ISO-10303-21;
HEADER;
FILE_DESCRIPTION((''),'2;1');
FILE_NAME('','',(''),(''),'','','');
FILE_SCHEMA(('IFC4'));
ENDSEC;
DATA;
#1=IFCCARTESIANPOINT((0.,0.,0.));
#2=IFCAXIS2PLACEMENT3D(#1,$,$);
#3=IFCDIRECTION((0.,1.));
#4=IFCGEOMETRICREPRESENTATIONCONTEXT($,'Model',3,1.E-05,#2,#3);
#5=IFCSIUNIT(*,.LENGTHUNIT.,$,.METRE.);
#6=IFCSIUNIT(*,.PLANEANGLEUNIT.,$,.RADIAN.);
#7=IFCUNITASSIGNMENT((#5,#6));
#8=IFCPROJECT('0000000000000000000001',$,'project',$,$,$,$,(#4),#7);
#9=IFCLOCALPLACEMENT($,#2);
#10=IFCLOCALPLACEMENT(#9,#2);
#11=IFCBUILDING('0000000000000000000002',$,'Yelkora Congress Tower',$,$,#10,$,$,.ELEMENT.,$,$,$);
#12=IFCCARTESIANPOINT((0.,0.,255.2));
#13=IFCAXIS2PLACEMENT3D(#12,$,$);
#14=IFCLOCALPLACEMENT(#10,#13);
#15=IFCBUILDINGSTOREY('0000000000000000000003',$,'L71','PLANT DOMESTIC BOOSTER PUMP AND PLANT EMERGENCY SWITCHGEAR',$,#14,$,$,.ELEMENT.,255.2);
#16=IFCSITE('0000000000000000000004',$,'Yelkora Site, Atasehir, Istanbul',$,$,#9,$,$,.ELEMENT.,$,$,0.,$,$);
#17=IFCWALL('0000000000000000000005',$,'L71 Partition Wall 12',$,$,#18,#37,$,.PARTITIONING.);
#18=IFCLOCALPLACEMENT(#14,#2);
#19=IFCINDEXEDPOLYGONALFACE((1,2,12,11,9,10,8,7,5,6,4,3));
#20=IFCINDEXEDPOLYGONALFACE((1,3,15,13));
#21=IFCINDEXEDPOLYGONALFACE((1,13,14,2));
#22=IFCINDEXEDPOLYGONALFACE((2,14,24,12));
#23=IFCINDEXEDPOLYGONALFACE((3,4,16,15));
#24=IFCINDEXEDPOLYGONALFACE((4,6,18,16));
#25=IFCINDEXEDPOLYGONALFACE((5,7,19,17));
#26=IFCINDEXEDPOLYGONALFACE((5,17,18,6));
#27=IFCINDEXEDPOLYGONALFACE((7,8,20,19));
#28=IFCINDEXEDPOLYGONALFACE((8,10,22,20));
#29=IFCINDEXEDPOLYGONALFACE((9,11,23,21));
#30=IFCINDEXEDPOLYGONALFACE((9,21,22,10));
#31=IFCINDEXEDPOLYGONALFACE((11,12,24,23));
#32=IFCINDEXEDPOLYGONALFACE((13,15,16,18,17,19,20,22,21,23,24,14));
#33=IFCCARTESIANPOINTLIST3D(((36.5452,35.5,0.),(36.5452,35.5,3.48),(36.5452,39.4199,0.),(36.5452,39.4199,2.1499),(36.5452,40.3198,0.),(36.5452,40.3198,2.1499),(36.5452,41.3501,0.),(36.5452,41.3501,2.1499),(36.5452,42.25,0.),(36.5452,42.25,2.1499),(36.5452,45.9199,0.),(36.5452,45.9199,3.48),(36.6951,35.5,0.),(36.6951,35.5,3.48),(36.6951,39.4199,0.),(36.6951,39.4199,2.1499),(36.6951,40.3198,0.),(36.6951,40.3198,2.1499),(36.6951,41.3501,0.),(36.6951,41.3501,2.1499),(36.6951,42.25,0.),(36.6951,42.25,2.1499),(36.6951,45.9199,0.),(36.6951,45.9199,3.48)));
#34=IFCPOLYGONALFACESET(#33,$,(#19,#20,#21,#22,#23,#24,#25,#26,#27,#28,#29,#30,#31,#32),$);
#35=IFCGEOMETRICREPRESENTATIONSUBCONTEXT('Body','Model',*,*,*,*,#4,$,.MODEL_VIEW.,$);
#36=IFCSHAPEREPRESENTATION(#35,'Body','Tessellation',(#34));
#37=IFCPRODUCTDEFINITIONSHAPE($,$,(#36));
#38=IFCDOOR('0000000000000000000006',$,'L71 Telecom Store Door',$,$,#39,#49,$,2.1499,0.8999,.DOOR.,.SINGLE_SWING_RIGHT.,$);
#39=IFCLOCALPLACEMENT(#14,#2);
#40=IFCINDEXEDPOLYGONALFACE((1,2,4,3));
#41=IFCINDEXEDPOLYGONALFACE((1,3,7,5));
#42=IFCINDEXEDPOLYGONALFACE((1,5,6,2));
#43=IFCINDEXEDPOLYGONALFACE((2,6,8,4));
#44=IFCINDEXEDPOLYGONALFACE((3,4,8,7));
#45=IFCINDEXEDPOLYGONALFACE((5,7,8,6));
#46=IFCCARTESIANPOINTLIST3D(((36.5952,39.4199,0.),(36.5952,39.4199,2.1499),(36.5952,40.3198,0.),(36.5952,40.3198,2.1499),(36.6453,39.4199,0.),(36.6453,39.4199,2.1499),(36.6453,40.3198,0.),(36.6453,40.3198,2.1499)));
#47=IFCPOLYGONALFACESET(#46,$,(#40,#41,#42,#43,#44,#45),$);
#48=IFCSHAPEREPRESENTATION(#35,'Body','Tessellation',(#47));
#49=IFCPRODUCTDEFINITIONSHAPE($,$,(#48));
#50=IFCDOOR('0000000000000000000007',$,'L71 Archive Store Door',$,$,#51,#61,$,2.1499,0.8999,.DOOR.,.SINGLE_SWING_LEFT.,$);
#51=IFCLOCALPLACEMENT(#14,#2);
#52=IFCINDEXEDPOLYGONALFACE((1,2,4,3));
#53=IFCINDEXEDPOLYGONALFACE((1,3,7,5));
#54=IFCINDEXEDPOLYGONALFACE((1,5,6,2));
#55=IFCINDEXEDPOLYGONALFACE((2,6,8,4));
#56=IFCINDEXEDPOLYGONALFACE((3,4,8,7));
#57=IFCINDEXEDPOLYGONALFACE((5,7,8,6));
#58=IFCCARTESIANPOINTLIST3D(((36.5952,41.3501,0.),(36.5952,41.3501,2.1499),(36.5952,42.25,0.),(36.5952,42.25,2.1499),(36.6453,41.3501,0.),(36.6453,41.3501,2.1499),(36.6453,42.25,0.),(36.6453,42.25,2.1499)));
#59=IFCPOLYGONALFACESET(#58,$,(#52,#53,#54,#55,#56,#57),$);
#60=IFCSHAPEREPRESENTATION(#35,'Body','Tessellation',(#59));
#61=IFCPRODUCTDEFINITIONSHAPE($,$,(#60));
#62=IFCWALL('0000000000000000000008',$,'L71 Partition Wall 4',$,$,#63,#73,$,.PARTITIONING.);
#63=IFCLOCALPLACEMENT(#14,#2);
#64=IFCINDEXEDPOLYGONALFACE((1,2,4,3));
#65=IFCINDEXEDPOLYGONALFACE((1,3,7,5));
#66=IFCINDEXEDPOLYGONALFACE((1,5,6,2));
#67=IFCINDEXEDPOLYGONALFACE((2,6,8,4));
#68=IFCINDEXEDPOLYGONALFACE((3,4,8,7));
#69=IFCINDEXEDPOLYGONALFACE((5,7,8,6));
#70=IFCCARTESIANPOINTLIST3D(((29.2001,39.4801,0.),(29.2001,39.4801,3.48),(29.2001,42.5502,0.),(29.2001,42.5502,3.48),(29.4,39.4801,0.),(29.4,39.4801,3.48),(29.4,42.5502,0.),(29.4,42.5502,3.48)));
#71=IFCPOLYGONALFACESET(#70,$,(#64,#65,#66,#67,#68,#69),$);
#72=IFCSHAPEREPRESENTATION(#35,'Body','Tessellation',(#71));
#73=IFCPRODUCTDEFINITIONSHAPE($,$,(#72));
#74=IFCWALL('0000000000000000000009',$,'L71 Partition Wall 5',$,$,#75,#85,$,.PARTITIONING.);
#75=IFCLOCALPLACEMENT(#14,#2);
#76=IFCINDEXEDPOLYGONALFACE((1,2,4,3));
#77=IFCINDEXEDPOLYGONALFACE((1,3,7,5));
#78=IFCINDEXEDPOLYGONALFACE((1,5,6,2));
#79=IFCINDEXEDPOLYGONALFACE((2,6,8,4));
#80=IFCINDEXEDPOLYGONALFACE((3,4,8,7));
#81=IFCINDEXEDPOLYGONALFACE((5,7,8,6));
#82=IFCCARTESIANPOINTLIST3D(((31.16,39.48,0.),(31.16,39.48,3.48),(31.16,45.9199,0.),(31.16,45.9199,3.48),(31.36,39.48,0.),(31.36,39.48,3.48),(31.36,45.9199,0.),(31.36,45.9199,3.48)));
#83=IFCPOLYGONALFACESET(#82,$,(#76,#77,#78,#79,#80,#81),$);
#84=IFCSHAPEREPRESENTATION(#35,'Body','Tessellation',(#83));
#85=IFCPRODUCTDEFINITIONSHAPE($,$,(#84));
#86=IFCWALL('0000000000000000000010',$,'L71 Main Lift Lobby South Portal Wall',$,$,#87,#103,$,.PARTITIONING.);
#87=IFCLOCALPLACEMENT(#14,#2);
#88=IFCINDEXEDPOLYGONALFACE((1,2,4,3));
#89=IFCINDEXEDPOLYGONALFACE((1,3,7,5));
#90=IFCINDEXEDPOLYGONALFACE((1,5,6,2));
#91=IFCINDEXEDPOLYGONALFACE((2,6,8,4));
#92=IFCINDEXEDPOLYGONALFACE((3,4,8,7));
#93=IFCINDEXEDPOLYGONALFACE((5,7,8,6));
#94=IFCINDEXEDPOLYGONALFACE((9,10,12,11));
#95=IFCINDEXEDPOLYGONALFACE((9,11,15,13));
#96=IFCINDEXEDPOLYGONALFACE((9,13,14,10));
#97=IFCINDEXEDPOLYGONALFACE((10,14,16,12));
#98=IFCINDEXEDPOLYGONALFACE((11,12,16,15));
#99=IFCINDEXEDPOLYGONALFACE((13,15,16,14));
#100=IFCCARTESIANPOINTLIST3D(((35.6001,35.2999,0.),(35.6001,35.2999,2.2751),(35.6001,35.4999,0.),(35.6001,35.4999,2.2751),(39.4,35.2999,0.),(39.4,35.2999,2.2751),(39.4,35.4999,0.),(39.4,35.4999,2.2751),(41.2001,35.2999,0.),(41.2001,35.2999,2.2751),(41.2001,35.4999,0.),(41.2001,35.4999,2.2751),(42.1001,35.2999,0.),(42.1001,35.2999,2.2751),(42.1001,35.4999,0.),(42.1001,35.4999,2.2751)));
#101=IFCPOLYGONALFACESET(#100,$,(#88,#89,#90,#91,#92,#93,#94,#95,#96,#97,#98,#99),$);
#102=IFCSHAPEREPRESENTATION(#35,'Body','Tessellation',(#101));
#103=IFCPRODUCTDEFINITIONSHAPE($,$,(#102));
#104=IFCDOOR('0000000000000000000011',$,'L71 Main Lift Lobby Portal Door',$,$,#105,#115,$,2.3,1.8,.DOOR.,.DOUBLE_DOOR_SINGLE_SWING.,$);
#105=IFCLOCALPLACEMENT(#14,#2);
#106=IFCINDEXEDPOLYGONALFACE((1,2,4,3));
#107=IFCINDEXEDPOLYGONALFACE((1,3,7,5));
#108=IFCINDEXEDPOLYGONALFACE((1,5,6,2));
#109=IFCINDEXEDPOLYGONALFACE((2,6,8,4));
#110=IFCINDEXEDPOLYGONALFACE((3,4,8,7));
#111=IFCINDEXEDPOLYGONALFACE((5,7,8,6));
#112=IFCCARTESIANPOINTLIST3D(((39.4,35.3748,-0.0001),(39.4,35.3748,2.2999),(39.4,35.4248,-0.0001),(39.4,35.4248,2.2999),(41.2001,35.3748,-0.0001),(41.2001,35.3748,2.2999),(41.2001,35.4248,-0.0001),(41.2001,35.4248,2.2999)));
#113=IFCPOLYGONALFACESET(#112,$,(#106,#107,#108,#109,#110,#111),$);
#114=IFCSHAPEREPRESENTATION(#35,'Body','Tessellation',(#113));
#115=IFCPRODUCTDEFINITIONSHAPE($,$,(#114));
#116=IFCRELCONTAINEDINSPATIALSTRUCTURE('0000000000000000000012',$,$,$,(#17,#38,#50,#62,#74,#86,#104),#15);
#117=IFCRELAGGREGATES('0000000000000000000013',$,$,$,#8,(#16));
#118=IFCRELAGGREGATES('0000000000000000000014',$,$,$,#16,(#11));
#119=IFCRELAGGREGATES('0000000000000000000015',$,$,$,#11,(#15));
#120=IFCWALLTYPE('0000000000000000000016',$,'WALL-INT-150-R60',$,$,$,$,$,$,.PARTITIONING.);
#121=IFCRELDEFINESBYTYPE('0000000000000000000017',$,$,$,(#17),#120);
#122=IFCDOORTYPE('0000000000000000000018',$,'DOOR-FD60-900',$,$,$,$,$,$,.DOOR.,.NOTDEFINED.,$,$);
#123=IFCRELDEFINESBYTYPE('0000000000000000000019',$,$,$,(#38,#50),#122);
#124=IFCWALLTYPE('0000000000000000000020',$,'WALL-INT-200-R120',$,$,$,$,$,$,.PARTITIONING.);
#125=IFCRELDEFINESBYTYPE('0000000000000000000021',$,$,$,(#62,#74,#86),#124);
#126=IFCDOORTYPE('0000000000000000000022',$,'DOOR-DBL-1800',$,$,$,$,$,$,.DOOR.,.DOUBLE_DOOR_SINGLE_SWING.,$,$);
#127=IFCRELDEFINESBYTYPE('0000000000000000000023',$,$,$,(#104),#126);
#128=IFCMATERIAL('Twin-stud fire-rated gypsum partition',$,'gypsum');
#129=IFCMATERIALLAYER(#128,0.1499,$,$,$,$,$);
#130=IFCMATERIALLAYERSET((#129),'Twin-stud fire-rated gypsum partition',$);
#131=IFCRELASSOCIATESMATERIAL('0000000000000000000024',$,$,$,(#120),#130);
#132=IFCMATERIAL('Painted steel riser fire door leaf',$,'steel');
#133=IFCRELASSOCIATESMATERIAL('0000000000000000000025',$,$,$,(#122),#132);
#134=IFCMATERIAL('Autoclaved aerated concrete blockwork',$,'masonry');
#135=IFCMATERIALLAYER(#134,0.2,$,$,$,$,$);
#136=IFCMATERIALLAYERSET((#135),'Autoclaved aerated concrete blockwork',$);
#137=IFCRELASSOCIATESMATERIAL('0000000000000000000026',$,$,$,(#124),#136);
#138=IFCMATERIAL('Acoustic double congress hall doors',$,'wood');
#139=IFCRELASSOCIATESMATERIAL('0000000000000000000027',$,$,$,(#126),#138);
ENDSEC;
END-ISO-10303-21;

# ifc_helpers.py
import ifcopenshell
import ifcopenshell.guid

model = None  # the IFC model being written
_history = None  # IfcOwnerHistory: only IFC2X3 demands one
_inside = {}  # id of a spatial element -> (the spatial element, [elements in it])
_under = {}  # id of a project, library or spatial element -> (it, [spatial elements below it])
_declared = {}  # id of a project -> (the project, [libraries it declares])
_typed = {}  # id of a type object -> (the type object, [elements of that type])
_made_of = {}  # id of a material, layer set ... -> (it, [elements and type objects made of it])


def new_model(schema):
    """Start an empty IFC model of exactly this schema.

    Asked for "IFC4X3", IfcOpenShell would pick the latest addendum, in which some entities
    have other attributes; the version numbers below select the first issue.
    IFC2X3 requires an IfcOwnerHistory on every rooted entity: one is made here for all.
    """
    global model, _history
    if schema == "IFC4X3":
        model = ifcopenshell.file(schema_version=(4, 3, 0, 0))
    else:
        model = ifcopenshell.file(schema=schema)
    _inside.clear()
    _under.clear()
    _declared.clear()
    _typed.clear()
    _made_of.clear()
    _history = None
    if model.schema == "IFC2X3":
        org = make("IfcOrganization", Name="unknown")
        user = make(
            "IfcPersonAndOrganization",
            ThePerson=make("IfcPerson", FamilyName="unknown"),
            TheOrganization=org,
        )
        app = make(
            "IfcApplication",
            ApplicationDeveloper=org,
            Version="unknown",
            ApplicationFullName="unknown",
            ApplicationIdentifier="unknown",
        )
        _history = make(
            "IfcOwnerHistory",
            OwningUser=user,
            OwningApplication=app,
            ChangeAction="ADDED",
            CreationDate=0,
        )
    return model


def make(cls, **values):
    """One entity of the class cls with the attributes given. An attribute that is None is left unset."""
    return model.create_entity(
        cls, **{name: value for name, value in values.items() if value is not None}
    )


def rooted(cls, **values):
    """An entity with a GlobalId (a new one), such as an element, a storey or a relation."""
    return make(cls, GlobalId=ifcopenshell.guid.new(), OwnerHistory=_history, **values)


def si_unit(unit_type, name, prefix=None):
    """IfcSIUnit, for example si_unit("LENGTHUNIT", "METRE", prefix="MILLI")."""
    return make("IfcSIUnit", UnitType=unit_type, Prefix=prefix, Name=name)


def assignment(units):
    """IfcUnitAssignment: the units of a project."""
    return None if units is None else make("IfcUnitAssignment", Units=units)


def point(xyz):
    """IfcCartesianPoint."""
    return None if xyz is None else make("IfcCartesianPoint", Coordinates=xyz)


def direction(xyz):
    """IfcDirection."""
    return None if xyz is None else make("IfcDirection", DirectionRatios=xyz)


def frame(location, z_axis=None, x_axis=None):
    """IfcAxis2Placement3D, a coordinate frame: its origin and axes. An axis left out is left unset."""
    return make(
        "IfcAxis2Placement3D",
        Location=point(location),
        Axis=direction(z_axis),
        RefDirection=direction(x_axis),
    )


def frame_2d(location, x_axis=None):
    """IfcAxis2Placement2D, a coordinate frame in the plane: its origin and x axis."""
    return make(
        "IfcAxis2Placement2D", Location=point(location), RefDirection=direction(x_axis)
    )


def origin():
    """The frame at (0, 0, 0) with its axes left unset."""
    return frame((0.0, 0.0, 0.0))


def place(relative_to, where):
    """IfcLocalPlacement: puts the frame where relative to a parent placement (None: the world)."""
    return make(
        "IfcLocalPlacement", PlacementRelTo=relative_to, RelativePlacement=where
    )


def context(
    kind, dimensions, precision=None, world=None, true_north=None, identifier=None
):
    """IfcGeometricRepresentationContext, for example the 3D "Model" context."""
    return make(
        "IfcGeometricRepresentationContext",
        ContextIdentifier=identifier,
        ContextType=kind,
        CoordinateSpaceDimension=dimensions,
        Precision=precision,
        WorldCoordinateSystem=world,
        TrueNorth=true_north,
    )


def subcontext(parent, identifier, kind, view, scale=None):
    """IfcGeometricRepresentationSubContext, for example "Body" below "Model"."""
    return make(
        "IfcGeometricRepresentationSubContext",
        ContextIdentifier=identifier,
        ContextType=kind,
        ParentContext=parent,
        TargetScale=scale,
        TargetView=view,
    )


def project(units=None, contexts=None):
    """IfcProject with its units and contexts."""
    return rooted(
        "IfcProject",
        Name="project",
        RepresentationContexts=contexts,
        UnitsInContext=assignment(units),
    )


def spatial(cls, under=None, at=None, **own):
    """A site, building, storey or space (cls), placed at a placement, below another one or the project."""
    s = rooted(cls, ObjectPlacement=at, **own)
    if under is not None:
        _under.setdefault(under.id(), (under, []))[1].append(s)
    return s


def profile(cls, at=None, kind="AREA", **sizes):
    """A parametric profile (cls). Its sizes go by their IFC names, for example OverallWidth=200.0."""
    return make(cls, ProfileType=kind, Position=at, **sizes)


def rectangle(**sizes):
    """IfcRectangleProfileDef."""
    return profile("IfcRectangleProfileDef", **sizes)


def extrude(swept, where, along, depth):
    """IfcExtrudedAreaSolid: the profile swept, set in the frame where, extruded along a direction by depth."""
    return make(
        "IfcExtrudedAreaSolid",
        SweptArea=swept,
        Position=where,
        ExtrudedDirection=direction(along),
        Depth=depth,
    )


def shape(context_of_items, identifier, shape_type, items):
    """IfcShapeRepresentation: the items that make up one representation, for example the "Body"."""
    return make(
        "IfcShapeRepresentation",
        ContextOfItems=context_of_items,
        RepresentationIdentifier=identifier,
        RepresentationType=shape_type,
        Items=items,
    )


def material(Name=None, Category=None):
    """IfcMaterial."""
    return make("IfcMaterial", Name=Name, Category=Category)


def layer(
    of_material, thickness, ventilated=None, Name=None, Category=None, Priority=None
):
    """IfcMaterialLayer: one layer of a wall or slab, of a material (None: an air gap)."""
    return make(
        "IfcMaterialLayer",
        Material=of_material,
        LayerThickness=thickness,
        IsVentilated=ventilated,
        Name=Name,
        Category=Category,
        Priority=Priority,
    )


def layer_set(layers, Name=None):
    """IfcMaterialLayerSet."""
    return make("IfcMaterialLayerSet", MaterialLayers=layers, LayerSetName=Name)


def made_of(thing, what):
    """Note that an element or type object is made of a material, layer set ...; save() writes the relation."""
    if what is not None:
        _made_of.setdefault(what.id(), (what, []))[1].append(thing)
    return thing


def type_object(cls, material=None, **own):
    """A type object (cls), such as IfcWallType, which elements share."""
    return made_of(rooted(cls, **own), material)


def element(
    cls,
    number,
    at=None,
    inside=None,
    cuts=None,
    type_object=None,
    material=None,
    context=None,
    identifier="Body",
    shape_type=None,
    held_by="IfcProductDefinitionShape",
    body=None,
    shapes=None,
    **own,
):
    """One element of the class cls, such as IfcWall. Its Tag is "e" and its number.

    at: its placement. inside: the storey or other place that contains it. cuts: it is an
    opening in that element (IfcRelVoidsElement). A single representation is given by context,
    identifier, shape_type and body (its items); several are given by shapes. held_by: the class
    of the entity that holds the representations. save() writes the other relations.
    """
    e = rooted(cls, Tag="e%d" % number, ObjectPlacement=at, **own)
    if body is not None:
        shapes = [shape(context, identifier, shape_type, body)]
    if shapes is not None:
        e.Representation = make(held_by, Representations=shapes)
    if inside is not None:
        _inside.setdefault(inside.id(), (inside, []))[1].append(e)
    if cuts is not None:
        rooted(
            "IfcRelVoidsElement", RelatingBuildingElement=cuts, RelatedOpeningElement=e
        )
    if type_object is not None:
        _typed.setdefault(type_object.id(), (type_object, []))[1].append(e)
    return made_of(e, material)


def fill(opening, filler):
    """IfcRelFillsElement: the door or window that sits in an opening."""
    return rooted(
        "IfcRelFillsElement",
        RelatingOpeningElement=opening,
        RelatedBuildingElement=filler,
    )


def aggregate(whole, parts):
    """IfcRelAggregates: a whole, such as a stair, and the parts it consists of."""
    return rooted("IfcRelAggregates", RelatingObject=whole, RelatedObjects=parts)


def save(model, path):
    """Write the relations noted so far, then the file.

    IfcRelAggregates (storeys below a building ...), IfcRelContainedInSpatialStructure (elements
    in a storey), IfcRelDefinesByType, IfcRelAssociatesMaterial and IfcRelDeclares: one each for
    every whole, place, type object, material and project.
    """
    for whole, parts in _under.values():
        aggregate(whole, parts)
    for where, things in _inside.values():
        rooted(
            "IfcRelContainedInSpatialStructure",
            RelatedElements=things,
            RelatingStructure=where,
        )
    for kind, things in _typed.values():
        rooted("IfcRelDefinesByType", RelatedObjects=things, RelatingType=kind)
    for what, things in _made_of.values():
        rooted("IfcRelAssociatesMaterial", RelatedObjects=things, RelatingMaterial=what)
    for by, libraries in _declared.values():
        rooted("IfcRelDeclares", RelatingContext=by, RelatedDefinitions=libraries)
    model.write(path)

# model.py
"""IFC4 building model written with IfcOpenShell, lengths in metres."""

from ifc_helpers import new_model, si_unit, direction, frame, frame_2d, origin, place, context, subcontext, project, spatial, rectangle, extrude, material, layer, layer_set, type_object, element, fill, save


model = new_model("IFC4")

# Units and contexts
model_context = context("Model", 3, precision=1e-05, world=origin(), true_north=direction((0.0, 1.0)))
body_context = subcontext(model_context, "Body", "Model", "MODEL_VIEW")
ifc_project = project(units=[si_unit("LENGTHUNIT", "METRE"), si_unit("PLANEANGLEUNIT", "RADIAN")], contexts=[model_context])

# Site, building, storey
site_placement = place(None, origin())
site = spatial("IfcSite", under=ifc_project, at=site_placement, Name="Yelkora Site, Atasehir, Istanbul", CompositionType="ELEMENT", RefElevation=0.0)
building_placement = place(site_placement, origin())
building = spatial("IfcBuilding", under=site, at=building_placement, Name="Yelkora Congress Tower", CompositionType="ELEMENT")
storey_placement = place(building_placement, frame((0.0, 0.0, 255.2)))
storey = spatial("IfcBuildingStorey", under=building, at=storey_placement, Name="L71", Description="PLANT DOMESTIC BOOSTER PUMP AND PLANT EMERGENCY SWITCHGEAR", CompositionType="ELEMENT", Elevation=255.2)

# Shared definitions
ifc_material_1 = material(Name="Twin-stud fire-rated gypsum partition", Category="gypsum")
ifc_layer_1 = layer(ifc_material_1, 0.1499)
ifc_layer_set_1 = layer_set([ifc_layer_1], Name="Twin-stud fire-rated gypsum partition")
wall_type_1 = type_object("IfcWallType", Name="WALL-INT-150-R60", PredefinedType="PARTITIONING", material=ifc_layer_set_1)

# Wall, openings, doors
wall_1_placement = place(storey_placement, frame((36.6201, 35.5, 0.0), z_axis=(0.0, 0.0, 1.0), x_axis=(0.0, 1.0, 0.0)))
wall_1 = element("IfcWall", 1, at=wall_1_placement, inside=storey, type_object=wall_type_1, Name="L71 Partition Wall 12", PredefinedType="PARTITIONING", context=body_context, shape_type="SweptSolid", body=[
    extrude(rectangle(XDim=10.4199, YDim=0.1499, at=frame_2d((5.21, 0.0))), origin(), (0.0, 0.0, 1.0), 3.48),
])
opening_1_placement = place(wall_1_placement, frame((3.9199, 0.0, 0.0)))
opening_1 = element("IfcOpeningElement", 2, at=opening_1_placement, cuts=wall_1, PredefinedType="OPENING", context=body_context, shape_type="SweptSolid", body=[
    extrude(rectangle(XDim=0.8999, YDim=2.1499, at=frame_2d((0.45, 1.075))), frame((0.0, 0.085, 0.0), z_axis=(0.0, -1.0, 0.0), x_axis=(1.0, 0.0, 0.0)), (0.0, 0.0, 1.0), 0.1699),
])
opening_2_placement = place(wall_1_placement, frame((5.8501, 0.0, 0.0)))
opening_2 = element("IfcOpeningElement", 3, at=opening_2_placement, cuts=wall_1, PredefinedType="OPENING", context=body_context, shape_type="SweptSolid", body=[
    extrude(rectangle(XDim=0.8999, YDim=2.1499, at=frame_2d((0.45, 1.075))), frame((0.0, 0.085, 0.0), z_axis=(0.0, -1.0, 0.0), x_axis=(1.0, 0.0, 0.0)), (0.0, 0.0, 1.0), 0.1699),
])
ifc_material_2 = material(Name="Painted steel riser fire door leaf", Category="steel")
door_type_1 = type_object("IfcDoorType", Name="DOOR-FD60-900", OperationType="NOTDEFINED", PredefinedType="DOOR", material=ifc_material_2)
door_1_placement = place(opening_1_placement, origin())
door_1 = element("IfcDoor", 4, at=door_1_placement, inside=storey, type_object=door_type_1, Name="L71 Telecom Store Door", OperationType="SINGLE_SWING_RIGHT", OverallHeight=2.1499, OverallWidth=0.8999, PredefinedType="DOOR", context=body_context, shape_type="SweptSolid", body=[
    extrude(rectangle(XDim=0.8999, YDim=2.1499, at=frame_2d((0.45, 1.075))), frame((0.0, 0.0249, 0.0), z_axis=(0.0, -1.0, 0.0), x_axis=(1.0, 0.0, 0.0)), (0.0, 0.0, 1.0), 0.05),
])
fill(opening_1, door_1)
door_2_placement = place(opening_2_placement, origin())
door_2 = element("IfcDoor", 5, at=door_2_placement, inside=storey, type_object=door_type_1, Name="L71 Archive Store Door", OperationType="SINGLE_SWING_LEFT", OverallHeight=2.1499, OverallWidth=0.8999, PredefinedType="DOOR", context=body_context, shape_type="SweptSolid", body=[
    extrude(rectangle(XDim=0.8999, YDim=2.1499, at=frame_2d((0.45, 1.075))), frame((0.0, 0.0249, 0.0), z_axis=(0.0, -1.0, 0.0), x_axis=(1.0, 0.0, 0.0)), (0.0, 0.0, 1.0), 0.05),
])
fill(opening_2, door_2)

# Walls
ifc_material_3 = material(Name="Autoclaved aerated concrete blockwork", Category="masonry")
ifc_layer_2 = layer(ifc_material_3, 0.2)
ifc_layer_set_2 = layer_set([ifc_layer_2], Name="Autoclaved aerated concrete blockwork")
wall_type_2 = type_object("IfcWallType", Name="WALL-INT-200-R120", PredefinedType="PARTITIONING", material=ifc_layer_set_2)
wall_2_placement = place(storey_placement, frame((29.3, 39.48, 0.0), z_axis=(0.0, 0.0, 1.0), x_axis=(0.0, 1.0, 0.0)))
element("IfcWall", 6, at=wall_2_placement, inside=storey, type_object=wall_type_2, Name="L71 Partition Wall 4", PredefinedType="PARTITIONING", context=body_context, shape_type="SweptSolid", body=[
    extrude(rectangle(XDim=3.0701, YDim=0.2, at=frame_2d((1.5352, 0.0))), origin(), (0.0, 0.0, 1.0), 3.48),
])
wall_3_placement = place(storey_placement, frame((31.26, 39.48, 0.0), z_axis=(0.0, 0.0, 1.0), x_axis=(0.0, 1.0, 0.0)))
element("IfcWall", 7, at=wall_3_placement, inside=storey, type_object=wall_type_2, Name="L71 Partition Wall 5", PredefinedType="PARTITIONING", context=body_context, shape_type="SweptSolid", body=[
    extrude(rectangle(XDim=6.4399, YDim=0.2, at=frame_2d((3.22, 0.0))), origin(), (0.0, 0.0, 1.0), 3.48),
])

# Wall, opening, door
wall_4_placement = place(storey_placement, frame((35.6001, 35.3999, 0.0), z_axis=(0.0, 0.0, 1.0), x_axis=(1.0, 0.0, 0.0)))
wall_4 = element("IfcWall", 8, at=wall_4_placement, inside=storey, type_object=wall_type_2, Name="L71 Main Lift Lobby South Portal Wall", PredefinedType="PARTITIONING", context=body_context, shape_type="SweptSolid", body=[
    extrude(rectangle(XDim=6.5, YDim=0.2, at=frame_2d((3.25, 0.0))), origin(), (0.0, 0.0, 1.0), 2.2751),
])
opening_3_placement = place(wall_4_placement, frame((3.8, 0.0, 0.0)))
opening_3 = element("IfcOpeningElement", 9, at=opening_3_placement, cuts=wall_4, PredefinedType="OPENING", context=body_context, shape_type="SweptSolid", body=[
    extrude(rectangle(XDim=1.8, YDim=2.3, at=frame_2d((0.8999, 1.1499))), frame((0.0, 0.1099, 0.0), z_axis=(0.0, -1.0, 0.0), x_axis=(1.0, 0.0, 0.0)), (0.0, 0.0, 1.0), 0.22),
])
ifc_material_4 = material(Name="Acoustic double congress hall doors", Category="wood")
door_type_2 = type_object("IfcDoorType", Name="DOOR-DBL-1800", OperationType="DOUBLE_DOOR_SINGLE_SWING", PredefinedType="DOOR", material=ifc_material_4)
door_3_placement = place(opening_3_placement, origin())
door_3 = element("IfcDoor", 10, at=door_3_placement, inside=storey, type_object=door_type_2, Name="L71 Main Lift Lobby Portal Door", OperationType="DOUBLE_DOOR_SINGLE_SWING", OverallHeight=2.3, OverallWidth=1.8, PredefinedType="DOOR", context=body_context, shape_type="SweptSolid", body=[
    extrude(rectangle(XDim=1.8, YDim=2.3, at=frame_2d((0.8999, 1.1499))), frame((0.0, 0.0249, 0.0), z_axis=(0.0, -1.0, 0.0), x_axis=(1.0, 0.0, 0.0)), (0.0, 0.0, 1.0), 0.05),
])
fill(opening_3, door_3)

save(model, "model.ifc")
